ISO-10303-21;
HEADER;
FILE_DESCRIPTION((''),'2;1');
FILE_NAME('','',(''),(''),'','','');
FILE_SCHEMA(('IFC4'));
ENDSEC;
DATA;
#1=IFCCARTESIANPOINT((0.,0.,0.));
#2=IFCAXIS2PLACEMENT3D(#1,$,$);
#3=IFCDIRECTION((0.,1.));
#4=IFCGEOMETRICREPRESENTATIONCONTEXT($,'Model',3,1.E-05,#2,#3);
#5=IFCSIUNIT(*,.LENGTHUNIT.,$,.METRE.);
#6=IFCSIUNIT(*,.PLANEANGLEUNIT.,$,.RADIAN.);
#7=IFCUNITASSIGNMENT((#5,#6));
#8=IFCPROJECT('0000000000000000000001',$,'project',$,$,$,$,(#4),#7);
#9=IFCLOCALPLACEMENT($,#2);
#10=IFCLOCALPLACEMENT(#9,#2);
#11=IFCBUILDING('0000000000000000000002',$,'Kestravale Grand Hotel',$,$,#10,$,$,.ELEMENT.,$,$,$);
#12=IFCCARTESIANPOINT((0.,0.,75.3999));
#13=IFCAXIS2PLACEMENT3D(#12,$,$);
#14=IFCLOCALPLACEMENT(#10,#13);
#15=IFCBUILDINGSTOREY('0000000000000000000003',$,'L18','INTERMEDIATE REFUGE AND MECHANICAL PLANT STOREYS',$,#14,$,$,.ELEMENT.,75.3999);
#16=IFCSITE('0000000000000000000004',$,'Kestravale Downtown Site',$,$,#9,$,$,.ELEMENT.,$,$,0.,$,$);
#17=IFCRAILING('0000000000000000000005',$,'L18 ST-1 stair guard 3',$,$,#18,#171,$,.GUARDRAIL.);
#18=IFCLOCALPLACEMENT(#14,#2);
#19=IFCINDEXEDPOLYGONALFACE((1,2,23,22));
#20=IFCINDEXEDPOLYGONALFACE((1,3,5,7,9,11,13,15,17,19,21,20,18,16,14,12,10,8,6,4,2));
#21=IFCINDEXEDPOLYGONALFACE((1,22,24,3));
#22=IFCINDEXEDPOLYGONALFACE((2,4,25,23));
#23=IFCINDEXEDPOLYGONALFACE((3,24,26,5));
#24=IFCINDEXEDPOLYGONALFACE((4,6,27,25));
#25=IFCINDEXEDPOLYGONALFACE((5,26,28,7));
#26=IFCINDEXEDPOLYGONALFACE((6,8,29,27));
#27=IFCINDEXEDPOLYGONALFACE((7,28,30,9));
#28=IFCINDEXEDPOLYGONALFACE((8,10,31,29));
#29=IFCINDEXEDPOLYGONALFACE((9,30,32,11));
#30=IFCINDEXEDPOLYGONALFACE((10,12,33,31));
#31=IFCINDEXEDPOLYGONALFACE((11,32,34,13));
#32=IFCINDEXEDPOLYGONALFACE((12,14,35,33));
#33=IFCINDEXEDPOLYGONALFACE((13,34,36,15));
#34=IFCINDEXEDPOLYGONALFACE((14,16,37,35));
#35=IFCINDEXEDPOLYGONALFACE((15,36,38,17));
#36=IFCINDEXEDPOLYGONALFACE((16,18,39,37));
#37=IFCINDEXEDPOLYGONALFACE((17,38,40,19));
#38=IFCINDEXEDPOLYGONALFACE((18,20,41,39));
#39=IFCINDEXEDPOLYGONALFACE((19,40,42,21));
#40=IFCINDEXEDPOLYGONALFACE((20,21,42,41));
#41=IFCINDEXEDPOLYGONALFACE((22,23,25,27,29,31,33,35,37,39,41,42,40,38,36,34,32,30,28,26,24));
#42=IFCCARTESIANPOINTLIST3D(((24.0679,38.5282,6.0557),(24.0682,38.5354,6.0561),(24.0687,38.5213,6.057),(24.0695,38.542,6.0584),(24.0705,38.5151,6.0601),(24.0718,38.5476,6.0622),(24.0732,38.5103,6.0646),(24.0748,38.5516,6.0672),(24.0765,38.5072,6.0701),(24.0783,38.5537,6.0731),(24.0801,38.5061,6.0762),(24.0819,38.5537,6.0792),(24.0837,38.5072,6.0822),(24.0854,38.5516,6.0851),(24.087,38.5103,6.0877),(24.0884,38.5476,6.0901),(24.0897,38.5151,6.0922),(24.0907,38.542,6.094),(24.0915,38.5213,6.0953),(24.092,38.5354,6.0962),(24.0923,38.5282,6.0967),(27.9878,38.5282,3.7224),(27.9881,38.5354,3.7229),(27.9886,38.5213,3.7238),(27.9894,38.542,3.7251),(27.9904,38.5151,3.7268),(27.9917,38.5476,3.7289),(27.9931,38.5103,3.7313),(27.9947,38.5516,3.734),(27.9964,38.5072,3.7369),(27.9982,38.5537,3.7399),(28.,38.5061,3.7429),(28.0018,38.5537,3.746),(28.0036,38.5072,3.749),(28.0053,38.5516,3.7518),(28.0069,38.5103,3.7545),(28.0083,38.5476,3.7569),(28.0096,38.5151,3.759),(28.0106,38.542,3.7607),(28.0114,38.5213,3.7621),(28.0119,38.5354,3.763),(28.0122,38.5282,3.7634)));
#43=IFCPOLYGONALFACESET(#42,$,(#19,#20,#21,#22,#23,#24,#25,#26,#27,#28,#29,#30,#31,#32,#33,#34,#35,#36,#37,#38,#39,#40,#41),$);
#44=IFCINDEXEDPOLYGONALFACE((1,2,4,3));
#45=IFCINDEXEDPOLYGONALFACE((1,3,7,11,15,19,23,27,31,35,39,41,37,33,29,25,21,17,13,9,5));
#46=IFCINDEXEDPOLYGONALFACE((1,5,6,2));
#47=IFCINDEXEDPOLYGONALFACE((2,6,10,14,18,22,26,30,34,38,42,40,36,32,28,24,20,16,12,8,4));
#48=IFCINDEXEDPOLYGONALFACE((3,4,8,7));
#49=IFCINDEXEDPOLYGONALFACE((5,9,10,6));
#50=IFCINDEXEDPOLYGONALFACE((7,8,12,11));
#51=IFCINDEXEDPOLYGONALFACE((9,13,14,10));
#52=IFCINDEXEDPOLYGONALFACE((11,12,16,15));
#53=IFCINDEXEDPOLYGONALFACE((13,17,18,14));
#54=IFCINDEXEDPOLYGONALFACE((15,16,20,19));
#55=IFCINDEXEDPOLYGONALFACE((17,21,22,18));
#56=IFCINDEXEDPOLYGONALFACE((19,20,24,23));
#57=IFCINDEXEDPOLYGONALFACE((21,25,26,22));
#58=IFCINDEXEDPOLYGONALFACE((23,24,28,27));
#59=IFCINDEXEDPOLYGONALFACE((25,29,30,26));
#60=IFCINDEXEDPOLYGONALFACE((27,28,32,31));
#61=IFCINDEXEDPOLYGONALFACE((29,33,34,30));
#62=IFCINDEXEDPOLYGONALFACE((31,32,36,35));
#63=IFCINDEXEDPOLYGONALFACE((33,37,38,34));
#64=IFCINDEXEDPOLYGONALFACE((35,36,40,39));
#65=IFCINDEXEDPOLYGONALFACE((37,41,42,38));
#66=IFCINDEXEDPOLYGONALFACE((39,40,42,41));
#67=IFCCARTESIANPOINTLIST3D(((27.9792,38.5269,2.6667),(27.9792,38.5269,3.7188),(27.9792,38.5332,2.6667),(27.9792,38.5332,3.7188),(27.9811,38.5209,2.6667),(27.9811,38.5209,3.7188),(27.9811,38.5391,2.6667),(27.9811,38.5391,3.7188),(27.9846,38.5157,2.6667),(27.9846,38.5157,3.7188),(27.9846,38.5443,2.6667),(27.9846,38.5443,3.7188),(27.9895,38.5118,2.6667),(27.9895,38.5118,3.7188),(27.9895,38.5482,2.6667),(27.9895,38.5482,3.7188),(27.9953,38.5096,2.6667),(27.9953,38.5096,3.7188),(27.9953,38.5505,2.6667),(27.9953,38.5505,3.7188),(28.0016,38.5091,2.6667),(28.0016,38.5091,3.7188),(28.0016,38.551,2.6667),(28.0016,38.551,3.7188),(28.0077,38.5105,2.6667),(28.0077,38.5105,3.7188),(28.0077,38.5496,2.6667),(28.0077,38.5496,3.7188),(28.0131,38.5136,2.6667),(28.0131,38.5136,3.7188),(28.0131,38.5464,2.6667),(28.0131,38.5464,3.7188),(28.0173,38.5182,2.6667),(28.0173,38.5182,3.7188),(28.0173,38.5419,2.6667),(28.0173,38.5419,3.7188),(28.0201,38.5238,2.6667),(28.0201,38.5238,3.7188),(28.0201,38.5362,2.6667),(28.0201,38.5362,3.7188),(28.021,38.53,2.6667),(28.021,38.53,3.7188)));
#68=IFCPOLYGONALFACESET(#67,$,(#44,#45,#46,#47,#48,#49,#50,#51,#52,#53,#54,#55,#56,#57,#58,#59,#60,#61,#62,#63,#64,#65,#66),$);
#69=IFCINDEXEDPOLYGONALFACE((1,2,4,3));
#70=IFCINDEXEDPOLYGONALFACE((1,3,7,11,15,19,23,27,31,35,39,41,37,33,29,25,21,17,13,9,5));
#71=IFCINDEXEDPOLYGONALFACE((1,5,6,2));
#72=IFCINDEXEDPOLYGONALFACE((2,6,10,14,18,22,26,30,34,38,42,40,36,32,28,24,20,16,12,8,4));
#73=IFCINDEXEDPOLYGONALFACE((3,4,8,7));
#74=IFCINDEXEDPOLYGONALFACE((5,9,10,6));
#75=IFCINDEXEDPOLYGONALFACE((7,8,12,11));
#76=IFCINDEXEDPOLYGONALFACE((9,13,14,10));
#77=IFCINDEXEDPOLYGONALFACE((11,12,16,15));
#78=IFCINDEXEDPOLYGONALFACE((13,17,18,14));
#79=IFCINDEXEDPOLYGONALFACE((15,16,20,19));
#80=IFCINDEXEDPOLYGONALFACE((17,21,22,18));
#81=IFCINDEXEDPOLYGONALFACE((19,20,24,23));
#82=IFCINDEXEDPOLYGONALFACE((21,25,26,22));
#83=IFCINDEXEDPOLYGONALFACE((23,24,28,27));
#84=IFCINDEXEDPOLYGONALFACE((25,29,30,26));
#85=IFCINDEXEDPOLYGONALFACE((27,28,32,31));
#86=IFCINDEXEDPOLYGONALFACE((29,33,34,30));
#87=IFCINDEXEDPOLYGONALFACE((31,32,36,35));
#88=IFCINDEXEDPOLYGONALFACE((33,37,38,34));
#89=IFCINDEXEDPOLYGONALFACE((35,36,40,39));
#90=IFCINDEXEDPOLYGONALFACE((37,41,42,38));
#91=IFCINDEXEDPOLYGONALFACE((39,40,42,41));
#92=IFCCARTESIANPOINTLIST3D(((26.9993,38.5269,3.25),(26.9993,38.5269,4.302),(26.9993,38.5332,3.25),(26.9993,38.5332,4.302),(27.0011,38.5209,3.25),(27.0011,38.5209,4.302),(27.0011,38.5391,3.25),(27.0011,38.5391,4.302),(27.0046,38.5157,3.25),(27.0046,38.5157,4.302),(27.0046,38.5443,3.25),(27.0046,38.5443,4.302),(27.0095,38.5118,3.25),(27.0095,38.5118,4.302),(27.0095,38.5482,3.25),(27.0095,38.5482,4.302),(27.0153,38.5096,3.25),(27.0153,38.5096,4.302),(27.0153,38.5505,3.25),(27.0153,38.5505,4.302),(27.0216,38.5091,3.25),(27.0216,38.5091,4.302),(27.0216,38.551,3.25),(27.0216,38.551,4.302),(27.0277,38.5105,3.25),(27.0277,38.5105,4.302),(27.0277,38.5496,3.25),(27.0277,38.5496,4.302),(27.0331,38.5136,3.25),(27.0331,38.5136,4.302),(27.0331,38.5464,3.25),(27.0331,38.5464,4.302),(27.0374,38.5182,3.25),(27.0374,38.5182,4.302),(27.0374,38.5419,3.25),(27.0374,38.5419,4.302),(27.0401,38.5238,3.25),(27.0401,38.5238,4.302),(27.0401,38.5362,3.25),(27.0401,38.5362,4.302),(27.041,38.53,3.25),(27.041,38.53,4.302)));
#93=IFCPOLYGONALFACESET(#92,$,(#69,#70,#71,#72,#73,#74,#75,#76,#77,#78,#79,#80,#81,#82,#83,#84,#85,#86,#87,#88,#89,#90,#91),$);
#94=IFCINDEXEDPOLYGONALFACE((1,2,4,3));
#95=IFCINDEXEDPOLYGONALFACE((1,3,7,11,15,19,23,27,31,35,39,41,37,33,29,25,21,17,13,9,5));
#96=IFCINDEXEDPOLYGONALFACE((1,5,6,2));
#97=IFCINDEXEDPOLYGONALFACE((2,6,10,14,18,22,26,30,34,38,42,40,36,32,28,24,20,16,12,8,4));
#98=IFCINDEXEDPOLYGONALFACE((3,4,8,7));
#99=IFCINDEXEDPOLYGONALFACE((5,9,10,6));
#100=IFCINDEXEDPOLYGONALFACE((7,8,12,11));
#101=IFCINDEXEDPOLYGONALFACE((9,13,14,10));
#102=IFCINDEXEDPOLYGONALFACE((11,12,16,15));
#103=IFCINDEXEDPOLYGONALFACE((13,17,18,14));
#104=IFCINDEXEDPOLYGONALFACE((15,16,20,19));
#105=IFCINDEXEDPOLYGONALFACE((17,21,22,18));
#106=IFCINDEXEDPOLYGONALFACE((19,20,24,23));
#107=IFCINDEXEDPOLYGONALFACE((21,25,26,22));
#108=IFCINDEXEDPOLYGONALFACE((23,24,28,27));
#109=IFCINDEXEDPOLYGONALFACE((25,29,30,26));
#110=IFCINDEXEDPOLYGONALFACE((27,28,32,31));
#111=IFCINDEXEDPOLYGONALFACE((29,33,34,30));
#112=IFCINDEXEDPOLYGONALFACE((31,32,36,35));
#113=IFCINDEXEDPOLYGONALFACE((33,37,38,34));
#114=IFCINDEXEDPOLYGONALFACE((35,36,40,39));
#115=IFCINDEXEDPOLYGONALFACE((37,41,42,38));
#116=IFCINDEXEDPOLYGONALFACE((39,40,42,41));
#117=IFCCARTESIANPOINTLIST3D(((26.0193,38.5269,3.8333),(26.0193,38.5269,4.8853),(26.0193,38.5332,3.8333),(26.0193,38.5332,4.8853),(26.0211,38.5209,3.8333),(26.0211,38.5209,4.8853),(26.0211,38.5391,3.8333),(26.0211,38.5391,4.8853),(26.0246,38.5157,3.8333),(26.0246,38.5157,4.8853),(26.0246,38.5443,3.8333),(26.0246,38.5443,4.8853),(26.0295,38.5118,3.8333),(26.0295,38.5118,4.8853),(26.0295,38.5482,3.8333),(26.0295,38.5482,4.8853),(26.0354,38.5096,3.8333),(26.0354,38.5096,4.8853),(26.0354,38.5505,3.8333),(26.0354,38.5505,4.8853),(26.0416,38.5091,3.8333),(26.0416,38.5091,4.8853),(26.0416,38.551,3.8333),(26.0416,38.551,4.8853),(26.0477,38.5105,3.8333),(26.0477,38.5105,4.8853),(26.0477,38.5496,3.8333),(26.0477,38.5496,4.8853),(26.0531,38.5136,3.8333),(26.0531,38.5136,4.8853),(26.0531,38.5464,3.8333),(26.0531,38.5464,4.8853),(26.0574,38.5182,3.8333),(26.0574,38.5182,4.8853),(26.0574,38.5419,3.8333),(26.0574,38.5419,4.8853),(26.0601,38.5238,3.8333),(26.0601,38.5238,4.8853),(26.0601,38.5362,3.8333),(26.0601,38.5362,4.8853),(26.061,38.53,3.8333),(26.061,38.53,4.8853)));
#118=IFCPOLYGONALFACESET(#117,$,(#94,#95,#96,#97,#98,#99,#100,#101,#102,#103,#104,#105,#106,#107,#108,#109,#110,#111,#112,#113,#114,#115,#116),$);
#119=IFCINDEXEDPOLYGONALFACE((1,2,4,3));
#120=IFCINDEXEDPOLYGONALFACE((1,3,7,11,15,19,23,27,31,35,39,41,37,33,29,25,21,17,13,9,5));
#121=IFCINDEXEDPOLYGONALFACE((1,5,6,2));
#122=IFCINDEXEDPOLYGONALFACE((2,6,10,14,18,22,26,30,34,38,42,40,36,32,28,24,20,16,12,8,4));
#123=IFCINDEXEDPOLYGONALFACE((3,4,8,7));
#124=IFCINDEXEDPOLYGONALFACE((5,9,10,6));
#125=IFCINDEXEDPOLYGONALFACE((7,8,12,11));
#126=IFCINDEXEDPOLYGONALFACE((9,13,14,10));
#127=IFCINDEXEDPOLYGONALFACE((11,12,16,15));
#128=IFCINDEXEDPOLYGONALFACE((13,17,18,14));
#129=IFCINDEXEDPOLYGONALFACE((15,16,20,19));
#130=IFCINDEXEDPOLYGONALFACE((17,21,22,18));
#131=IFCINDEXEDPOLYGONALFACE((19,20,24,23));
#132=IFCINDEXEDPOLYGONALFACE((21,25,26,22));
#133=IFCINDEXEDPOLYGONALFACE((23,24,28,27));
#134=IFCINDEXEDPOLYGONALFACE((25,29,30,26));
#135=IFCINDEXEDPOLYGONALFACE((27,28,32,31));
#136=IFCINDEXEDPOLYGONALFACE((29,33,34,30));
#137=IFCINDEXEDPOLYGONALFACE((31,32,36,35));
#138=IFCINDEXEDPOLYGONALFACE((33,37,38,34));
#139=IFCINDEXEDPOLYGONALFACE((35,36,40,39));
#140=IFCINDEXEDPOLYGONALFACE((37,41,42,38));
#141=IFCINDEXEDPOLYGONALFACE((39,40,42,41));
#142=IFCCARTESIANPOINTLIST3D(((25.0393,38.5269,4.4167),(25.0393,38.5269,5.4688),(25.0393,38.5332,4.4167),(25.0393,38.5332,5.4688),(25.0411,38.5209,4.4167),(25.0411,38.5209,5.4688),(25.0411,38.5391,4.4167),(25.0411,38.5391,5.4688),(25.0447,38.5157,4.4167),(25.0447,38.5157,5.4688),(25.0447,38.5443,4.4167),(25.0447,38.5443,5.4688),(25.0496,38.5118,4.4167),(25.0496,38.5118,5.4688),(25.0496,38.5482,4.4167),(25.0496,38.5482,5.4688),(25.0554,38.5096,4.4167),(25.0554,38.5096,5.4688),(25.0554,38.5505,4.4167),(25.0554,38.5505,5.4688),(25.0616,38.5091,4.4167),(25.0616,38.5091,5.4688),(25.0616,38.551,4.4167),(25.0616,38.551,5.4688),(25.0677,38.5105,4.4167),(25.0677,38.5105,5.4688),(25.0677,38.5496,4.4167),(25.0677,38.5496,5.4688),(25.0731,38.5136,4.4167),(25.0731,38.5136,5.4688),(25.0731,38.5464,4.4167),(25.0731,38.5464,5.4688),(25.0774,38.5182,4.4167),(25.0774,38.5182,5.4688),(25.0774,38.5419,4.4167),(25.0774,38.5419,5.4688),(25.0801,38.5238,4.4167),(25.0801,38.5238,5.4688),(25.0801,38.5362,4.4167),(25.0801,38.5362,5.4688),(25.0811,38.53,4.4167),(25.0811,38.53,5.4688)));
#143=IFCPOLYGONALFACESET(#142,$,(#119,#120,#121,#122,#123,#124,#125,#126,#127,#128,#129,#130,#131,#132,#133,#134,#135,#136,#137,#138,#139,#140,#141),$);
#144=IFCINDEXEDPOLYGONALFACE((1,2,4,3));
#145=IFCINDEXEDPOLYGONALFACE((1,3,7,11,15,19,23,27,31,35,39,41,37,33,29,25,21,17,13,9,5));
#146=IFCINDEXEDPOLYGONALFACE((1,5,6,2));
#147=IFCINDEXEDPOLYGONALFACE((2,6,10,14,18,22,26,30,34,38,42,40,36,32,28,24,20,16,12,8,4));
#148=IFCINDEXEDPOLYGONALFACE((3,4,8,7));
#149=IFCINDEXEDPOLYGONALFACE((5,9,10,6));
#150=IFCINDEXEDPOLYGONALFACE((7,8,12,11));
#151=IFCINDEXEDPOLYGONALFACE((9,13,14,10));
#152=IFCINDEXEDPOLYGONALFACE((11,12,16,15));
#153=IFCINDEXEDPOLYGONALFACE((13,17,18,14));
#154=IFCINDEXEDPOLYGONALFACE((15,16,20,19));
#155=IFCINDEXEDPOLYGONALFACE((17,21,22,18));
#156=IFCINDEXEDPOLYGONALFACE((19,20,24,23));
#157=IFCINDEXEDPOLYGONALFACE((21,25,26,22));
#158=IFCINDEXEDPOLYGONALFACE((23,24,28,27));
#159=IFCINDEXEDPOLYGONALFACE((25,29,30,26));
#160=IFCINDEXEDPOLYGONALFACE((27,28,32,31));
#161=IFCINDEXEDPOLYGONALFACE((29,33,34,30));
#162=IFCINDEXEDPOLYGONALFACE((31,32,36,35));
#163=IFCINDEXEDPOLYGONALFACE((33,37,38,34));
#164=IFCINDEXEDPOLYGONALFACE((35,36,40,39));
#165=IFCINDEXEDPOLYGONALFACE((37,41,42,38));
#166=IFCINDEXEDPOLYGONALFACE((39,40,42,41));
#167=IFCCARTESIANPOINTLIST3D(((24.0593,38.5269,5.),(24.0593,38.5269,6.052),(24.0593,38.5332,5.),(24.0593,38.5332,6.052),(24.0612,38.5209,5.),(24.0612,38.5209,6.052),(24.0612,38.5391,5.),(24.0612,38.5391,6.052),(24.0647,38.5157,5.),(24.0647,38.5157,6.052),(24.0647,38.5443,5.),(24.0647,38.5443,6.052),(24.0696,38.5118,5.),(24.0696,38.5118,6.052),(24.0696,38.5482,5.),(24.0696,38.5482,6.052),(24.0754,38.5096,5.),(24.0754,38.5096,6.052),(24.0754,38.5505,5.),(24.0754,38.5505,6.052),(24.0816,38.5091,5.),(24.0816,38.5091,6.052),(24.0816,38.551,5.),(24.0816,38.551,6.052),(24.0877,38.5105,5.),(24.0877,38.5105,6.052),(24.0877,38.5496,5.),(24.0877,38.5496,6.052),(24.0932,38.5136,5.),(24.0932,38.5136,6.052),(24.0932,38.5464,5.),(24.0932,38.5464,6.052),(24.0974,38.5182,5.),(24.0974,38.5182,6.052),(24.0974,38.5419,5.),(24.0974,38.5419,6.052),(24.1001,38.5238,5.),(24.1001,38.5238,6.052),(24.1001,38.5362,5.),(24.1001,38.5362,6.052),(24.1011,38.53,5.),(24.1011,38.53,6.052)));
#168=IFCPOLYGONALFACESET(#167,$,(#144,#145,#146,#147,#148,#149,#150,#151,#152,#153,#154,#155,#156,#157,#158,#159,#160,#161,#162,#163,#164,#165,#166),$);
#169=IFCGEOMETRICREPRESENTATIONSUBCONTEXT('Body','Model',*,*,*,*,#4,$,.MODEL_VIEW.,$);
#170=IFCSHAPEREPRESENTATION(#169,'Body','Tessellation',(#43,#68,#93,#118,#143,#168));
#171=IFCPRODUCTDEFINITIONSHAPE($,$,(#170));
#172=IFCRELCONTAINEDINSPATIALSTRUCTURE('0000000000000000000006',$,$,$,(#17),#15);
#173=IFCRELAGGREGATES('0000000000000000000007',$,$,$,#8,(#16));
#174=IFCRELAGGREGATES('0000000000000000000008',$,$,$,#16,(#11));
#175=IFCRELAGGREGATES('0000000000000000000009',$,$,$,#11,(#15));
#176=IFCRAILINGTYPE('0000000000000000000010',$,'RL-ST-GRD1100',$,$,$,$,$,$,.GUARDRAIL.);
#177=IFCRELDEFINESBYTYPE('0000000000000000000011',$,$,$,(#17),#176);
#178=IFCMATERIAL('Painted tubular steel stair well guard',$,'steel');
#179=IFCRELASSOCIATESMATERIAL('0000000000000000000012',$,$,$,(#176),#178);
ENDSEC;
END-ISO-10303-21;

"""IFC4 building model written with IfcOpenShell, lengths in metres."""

from ifc_helpers import new_model, si_unit, direction, frame, origin, origin_2d, place, context, subcontext, project, spatial, circle, extrude, material, type_object, element, save


model = new_model("IFC4")

# Units and contexts
model_context = context("Model", 3, precision=1e-05, world=origin(), true_north=direction((0.0, 1.0)))
body_context = subcontext(model_context, "Body", "Model", "MODEL_VIEW")
ifc_project = project(units=[si_unit("LENGTHUNIT", "METRE"), si_unit("PLANEANGLEUNIT", "RADIAN")], contexts=[model_context])

# Site, building, storey
site_placement = place(None, origin())
site = spatial("IfcSite", under=ifc_project, at=site_placement, Name="Kestravale Downtown Site", CompositionType="ELEMENT", RefElevation=0.0)
building_placement = place(site_placement, origin())
building = spatial("IfcBuilding", under=site, at=building_placement, Name="Kestravale Grand Hotel", CompositionType="ELEMENT")
storey_placement = place(building_placement, frame((0.0, 0.0, 75.3999)))
storey = spatial("IfcBuildingStorey", under=building, at=storey_placement, Name="L18", Description="INTERMEDIATE REFUGE AND MECHANICAL PLANT STOREYS", CompositionType="ELEMENT", Elevation=75.3999)

# Railing
ifc_material_1 = material(Name="Painted tubular steel stair well guard", Category="steel")
railing_type_1 = type_object("IfcRailingType", Name="RL-ST-GRD1100", PredefinedType="GUARDRAIL", material=ifc_material_1)
railing_1_placement = place(storey_placement, frame((28.0, 38.53, 2.6667)))
element("IfcRailing", 1, at=railing_1_placement, inside=storey, type_object=railing_type_1, Name="L18 ST-1 stair guard 3", PredefinedType="GUARDRAIL", context=body_context, shape_type="SweptSolid", body=[
    extrude(circle(Radius=0.0239, at=origin_2d()), frame((0.0, 0.0, 1.0762), z_axis=(-0.859296, 0.0, 0.511478), x_axis=(0.0, -1.0, 0.0)), (0.0, 0.0, 1.0), 4.5618),
    extrude(circle(Radius=0.021, at=origin_2d()), origin(), (0.0, 0.0, 1.0), 1.052),
    extrude(circle(Radius=0.021, at=origin_2d()), frame((-0.98, 0.0, 0.5833)), (0.0, 0.0, 1.0), 1.052),
    extrude(circle(Radius=0.021, at=origin_2d()), frame((-1.96, 0.0, 1.1665)), (0.0, 0.0, 1.0), 1.052),
    extrude(circle(Radius=0.021, at=origin_2d()), frame((-2.9399, 0.0, 1.75)), (0.0, 0.0, 1.0), 1.052),
    extrude(circle(Radius=0.021, at=origin_2d()), frame((-3.9199, 0.0, 2.3333)), (0.0, 0.0, 1.0), 1.052),
])

save(model, "model.ifc")
